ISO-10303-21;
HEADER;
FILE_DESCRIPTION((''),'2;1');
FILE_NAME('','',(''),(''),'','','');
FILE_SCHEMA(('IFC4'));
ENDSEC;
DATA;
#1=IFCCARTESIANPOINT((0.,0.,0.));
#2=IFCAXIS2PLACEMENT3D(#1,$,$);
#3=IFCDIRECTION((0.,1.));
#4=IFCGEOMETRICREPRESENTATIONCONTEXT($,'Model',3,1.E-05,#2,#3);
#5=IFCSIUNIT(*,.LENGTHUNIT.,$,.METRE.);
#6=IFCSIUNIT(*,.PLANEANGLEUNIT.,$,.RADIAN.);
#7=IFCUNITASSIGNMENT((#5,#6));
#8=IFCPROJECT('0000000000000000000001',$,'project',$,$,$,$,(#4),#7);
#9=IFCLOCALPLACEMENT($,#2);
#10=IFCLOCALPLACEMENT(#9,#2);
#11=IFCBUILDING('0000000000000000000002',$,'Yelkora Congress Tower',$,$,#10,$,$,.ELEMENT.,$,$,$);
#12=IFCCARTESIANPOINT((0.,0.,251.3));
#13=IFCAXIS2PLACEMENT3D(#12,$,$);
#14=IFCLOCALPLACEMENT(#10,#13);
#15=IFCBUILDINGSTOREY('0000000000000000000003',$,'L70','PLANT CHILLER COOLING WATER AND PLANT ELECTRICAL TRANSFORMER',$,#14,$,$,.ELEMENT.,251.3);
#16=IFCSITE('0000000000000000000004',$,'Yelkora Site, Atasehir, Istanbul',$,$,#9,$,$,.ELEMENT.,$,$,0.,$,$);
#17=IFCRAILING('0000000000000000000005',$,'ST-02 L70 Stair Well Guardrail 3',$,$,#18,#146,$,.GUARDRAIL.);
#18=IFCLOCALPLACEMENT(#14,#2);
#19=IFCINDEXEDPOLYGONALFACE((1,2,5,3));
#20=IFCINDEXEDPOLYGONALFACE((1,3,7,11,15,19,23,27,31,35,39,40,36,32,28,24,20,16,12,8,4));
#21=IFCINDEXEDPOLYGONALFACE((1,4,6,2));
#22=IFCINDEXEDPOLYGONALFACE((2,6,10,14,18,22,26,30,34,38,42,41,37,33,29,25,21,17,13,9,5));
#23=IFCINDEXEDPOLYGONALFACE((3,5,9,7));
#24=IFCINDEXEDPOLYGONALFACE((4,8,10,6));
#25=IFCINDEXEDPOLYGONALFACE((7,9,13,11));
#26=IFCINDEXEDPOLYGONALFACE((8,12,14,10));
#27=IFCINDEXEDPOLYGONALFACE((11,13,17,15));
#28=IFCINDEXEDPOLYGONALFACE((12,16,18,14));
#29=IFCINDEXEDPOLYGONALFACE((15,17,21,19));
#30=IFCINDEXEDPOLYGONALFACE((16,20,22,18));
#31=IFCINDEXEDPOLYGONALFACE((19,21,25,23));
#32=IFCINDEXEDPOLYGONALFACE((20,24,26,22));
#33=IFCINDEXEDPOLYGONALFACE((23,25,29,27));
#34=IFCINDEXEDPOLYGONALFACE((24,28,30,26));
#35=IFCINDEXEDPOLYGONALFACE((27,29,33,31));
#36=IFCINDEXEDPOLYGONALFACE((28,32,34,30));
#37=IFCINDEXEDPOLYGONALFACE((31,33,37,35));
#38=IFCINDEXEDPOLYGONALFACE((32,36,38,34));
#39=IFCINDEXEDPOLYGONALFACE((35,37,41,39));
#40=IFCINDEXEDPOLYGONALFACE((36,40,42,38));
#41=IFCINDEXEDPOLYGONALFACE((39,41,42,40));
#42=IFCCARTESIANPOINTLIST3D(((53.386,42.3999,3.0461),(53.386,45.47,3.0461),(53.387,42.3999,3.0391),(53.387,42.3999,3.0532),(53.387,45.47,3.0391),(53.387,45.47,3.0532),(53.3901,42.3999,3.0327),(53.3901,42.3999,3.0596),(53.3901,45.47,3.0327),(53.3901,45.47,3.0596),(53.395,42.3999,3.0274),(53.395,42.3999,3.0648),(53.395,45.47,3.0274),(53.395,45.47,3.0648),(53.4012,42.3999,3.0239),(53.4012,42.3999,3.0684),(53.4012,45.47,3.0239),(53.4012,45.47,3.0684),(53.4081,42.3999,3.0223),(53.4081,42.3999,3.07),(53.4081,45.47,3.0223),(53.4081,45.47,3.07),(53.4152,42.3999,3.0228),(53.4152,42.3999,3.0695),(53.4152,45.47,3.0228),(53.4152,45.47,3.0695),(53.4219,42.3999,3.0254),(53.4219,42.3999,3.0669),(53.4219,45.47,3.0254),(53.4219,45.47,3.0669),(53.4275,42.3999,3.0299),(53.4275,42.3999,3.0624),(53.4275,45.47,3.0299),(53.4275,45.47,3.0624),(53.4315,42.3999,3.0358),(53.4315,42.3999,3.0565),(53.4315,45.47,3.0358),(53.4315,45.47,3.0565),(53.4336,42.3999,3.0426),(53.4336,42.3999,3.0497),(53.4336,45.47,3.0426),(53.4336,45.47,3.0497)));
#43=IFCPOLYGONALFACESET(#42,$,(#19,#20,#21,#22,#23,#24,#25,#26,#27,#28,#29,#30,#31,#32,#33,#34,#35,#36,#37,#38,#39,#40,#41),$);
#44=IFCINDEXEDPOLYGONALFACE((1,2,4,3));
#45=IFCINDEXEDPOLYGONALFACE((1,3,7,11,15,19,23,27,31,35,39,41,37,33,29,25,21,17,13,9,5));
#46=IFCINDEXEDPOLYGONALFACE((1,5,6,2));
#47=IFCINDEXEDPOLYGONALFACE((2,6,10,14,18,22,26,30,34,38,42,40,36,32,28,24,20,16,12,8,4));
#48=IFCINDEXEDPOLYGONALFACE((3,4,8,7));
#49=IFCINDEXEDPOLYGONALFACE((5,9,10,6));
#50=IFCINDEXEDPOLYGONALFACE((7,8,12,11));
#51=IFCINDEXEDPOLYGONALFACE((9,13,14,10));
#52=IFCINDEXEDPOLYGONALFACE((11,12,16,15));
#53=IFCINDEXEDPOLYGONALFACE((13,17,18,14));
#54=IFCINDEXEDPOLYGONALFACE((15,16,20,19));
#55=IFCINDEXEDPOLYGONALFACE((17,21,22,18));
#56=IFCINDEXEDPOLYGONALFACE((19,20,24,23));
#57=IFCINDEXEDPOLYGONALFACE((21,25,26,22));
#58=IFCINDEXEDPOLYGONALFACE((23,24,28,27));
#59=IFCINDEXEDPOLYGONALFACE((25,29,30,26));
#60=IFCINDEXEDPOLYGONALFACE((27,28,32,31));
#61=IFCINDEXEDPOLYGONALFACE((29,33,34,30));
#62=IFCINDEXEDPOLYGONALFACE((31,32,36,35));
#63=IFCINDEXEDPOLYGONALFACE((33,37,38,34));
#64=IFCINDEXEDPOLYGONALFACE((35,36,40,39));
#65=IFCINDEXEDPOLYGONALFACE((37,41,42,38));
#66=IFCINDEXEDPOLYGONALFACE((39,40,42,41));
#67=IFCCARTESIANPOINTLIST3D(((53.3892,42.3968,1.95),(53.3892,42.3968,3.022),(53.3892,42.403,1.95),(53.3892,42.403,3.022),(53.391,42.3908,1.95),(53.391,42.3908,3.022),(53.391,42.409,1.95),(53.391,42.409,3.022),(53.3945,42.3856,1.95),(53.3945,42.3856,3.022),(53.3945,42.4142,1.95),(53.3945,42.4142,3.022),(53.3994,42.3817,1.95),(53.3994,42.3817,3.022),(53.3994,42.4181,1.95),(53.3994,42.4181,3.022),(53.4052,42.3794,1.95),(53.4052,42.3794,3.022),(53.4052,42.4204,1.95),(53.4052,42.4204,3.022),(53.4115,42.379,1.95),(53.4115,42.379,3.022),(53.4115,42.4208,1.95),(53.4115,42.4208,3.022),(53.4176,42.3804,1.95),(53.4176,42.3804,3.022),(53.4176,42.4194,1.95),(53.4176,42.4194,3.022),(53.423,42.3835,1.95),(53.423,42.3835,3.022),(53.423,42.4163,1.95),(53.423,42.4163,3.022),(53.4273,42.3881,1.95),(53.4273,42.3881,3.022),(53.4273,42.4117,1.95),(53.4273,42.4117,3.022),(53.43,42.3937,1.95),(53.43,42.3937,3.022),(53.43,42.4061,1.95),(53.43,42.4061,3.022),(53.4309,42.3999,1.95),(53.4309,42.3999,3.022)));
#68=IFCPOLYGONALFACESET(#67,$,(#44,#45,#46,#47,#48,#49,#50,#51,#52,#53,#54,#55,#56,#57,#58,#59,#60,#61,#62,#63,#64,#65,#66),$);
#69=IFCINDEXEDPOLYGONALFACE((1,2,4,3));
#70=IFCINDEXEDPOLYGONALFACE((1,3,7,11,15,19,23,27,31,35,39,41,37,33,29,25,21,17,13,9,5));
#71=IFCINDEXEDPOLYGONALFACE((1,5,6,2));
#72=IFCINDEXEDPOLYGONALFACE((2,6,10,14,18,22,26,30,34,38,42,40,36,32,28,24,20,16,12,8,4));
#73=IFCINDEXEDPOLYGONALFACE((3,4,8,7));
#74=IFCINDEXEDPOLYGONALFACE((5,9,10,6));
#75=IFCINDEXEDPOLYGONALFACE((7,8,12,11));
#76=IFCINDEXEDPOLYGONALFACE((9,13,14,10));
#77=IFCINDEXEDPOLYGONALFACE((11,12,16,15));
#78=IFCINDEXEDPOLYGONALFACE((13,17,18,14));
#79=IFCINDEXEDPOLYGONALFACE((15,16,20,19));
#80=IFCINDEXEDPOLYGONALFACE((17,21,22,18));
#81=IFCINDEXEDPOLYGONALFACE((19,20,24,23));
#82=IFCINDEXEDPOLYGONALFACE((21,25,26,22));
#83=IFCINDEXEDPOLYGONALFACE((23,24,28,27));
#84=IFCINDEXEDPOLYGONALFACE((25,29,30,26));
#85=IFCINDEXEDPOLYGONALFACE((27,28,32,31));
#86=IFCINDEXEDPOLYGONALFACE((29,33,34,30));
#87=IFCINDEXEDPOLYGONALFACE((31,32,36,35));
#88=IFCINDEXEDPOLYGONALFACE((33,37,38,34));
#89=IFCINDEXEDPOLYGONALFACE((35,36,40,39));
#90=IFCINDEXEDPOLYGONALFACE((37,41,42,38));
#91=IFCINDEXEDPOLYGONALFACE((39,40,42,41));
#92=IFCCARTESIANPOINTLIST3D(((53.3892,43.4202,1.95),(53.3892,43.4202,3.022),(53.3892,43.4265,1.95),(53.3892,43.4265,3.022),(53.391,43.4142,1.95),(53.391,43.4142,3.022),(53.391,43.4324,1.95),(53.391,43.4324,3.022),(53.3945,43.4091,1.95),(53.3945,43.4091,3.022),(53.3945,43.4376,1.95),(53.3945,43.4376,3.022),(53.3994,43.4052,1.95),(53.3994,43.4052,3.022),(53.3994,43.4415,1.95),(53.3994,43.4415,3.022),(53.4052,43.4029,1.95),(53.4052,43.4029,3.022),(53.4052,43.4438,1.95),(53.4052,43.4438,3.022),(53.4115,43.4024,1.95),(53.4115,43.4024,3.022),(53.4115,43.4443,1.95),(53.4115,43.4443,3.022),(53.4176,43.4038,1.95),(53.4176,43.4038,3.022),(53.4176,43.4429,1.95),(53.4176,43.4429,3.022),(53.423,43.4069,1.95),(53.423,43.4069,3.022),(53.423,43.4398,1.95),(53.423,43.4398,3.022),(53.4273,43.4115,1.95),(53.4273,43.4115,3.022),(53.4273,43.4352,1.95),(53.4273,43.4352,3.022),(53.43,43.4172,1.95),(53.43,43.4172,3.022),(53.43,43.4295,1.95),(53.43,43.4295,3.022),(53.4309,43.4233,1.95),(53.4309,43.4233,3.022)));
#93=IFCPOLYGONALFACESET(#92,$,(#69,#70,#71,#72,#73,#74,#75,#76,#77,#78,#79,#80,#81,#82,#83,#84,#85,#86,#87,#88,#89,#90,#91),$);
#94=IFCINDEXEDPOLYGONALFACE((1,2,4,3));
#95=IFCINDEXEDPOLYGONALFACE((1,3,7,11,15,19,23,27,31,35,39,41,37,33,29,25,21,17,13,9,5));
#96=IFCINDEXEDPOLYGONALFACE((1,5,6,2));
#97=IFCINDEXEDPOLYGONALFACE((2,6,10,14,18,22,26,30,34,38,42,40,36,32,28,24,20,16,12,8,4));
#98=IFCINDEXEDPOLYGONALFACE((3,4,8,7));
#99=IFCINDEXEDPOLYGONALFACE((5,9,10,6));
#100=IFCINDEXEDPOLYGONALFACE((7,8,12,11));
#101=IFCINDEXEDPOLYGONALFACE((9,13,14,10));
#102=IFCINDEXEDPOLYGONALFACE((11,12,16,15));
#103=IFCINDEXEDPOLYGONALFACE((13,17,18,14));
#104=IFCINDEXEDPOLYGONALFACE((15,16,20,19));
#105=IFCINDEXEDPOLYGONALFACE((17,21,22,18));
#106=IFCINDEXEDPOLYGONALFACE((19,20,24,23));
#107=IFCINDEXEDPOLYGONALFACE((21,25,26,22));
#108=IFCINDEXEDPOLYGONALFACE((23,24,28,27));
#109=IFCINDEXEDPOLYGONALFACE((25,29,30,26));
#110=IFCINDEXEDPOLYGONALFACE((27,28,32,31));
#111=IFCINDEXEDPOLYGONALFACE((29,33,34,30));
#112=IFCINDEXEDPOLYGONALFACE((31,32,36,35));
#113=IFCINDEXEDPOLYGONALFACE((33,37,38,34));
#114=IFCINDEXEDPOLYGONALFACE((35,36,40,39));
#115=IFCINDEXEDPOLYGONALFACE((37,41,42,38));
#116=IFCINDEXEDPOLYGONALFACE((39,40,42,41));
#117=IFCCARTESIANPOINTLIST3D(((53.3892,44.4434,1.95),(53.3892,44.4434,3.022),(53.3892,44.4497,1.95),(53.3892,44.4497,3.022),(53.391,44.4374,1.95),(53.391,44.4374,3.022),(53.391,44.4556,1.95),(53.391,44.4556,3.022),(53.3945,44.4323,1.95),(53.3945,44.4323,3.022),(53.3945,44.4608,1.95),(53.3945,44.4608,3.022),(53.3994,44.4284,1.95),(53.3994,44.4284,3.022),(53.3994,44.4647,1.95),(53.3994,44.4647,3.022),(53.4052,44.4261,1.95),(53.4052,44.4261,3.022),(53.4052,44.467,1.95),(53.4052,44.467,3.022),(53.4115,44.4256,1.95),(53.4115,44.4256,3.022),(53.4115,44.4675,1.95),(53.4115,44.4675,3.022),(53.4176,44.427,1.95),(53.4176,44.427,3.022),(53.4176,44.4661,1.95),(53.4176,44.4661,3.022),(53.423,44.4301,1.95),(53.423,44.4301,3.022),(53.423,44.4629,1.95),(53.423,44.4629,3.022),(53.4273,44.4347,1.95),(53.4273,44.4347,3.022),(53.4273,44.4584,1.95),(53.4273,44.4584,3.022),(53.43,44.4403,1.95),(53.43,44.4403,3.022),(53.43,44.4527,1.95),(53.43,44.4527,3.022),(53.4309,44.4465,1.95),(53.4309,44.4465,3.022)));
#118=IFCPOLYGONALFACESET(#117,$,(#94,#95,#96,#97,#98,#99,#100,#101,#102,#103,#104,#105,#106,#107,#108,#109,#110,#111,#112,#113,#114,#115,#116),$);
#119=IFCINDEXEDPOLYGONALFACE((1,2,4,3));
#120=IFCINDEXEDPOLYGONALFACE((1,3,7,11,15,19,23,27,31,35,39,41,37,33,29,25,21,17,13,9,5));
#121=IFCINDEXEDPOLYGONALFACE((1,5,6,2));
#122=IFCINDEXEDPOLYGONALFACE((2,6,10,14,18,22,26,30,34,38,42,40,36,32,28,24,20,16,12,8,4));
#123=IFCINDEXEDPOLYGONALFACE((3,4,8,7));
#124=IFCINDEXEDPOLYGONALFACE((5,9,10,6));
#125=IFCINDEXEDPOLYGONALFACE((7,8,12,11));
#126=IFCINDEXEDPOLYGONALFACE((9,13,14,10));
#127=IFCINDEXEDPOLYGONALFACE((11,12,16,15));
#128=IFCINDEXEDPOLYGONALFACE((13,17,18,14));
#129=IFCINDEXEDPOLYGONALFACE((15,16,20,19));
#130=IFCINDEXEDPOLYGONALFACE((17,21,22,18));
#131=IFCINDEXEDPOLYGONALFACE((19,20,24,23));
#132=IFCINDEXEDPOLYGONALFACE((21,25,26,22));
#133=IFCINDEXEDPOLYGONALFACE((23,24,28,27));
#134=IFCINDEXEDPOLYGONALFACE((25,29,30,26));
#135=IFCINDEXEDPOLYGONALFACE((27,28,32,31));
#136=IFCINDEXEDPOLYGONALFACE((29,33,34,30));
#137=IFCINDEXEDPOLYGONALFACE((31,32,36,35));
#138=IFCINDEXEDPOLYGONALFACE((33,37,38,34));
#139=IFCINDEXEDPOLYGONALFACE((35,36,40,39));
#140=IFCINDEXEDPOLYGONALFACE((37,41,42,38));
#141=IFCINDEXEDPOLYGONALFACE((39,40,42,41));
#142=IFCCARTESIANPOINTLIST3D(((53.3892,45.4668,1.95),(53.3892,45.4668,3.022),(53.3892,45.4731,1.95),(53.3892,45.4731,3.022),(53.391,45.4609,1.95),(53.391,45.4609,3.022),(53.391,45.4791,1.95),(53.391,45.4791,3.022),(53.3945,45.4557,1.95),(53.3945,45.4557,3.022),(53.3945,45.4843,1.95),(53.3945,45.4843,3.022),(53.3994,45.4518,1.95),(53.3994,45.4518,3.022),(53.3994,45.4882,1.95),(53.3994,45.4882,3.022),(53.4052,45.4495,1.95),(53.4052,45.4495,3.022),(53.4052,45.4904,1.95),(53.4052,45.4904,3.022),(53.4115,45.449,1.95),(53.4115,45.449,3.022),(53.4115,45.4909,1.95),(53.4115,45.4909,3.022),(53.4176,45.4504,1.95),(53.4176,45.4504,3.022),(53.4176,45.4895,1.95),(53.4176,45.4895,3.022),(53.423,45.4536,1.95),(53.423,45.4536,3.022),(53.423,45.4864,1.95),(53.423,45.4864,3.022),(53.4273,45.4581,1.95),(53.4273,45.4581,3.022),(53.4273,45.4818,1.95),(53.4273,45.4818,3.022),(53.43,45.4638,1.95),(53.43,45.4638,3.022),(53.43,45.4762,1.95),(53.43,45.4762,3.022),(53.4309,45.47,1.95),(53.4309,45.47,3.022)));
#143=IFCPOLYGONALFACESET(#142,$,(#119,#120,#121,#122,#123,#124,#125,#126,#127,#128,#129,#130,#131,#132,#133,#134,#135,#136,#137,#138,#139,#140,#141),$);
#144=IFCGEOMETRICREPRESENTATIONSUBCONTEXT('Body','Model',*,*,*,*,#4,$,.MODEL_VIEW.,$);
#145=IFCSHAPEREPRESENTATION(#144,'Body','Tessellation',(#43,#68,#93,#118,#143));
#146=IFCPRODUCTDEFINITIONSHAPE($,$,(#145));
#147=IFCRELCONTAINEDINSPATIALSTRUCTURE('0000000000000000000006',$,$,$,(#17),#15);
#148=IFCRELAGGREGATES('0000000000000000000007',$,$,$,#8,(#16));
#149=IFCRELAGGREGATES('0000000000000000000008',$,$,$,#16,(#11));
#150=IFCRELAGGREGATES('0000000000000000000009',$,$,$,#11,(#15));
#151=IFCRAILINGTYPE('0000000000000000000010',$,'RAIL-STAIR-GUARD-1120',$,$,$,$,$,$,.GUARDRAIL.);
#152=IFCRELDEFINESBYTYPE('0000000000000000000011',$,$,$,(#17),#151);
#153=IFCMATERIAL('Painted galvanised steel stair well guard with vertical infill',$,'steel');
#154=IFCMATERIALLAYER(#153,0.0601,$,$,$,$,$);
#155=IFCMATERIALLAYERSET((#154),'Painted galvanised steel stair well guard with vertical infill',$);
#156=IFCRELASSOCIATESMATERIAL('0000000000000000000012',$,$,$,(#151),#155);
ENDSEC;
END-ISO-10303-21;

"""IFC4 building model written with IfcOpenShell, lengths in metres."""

from ifc_helpers import new_model, si_unit, direction, frame, origin, origin_2d, place, context, subcontext, project, spatial, circle, extrude, material, layer, layer_set, type_object, element, save


model = new_model("IFC4")

# Units and contexts
model_context = context("Model", 3, precision=1e-05, world=origin(), true_north=direction((0.0, 1.0)))
body_context = subcontext(model_context, "Body", "Model", "MODEL_VIEW")
ifc_project = project(units=[si_unit("LENGTHUNIT", "METRE"), si_unit("PLANEANGLEUNIT", "RADIAN")], contexts=[model_context])

# Site, building, storey
site_placement = place(None, origin())
site = spatial("IfcSite", under=ifc_project, at=site_placement, Name="Yelkora Site, Atasehir, Istanbul", CompositionType="ELEMENT", RefElevation=0.0)
building_placement = place(site_placement, origin())
building = spatial("IfcBuilding", under=site, at=building_placement, Name="Yelkora Congress Tower", CompositionType="ELEMENT")
storey_placement = place(building_placement, frame((0.0, 0.0, 251.3)))
storey = spatial("IfcBuildingStorey", under=building, at=storey_placement, Name="L70", Description="PLANT CHILLER COOLING WATER AND PLANT ELECTRICAL TRANSFORMER", CompositionType="ELEMENT", Elevation=251.3)

# Railing
ifc_material_1 = material(Name="Painted galvanised steel stair well guard with vertical infill", Category="steel")
ifc_layer_1 = layer(ifc_material_1, 0.0601)
ifc_layer_set_1 = layer_set([ifc_layer_1], Name="Painted galvanised steel stair well guard with vertical infill")
railing_type_1 = type_object("IfcRailingType", Name="RAIL-STAIR-GUARD-1120", PredefinedType="GUARDRAIL", material=ifc_layer_set_1)
for number, where, name in (
    (1, (53.4099, 42.3999, 1.95), "ST-02 L70 Stair Well Guardrail 3"),
):
    element("IfcRailing", number, at=place(storey_placement, frame(where)), inside=storey, type_object=railing_type_1, Name=name, PredefinedType="GUARDRAIL", context=body_context, shape_type="SweptSolid", body=[
        extrude(circle(Radius=0.0239, at=origin_2d()), frame((0.0, 0.0, 1.0962), z_axis=(0.0, 1.0, 0.0), x_axis=(-1.0, 0.0, 0.0)), (0.0, 0.0, 1.0), 3.0701),
        extrude(circle(Radius=0.021, at=origin_2d()), origin(), (0.0, 0.0, 1.0), 1.072),
        extrude(circle(Radius=0.021, at=origin_2d()), frame((0.0, 1.0234, 0.0)), (0.0, 0.0, 1.0), 1.072),
        extrude(circle(Radius=0.021, at=origin_2d()), frame((0.0, 2.0466, 0.0)), (0.0, 0.0, 1.0), 1.072),
        extrude(circle(Radius=0.021, at=origin_2d()), frame((0.0, 3.0701, 0.0)), (0.0, 0.0, 1.0), 1.072),
    ])

save(model, "model.ifc")
